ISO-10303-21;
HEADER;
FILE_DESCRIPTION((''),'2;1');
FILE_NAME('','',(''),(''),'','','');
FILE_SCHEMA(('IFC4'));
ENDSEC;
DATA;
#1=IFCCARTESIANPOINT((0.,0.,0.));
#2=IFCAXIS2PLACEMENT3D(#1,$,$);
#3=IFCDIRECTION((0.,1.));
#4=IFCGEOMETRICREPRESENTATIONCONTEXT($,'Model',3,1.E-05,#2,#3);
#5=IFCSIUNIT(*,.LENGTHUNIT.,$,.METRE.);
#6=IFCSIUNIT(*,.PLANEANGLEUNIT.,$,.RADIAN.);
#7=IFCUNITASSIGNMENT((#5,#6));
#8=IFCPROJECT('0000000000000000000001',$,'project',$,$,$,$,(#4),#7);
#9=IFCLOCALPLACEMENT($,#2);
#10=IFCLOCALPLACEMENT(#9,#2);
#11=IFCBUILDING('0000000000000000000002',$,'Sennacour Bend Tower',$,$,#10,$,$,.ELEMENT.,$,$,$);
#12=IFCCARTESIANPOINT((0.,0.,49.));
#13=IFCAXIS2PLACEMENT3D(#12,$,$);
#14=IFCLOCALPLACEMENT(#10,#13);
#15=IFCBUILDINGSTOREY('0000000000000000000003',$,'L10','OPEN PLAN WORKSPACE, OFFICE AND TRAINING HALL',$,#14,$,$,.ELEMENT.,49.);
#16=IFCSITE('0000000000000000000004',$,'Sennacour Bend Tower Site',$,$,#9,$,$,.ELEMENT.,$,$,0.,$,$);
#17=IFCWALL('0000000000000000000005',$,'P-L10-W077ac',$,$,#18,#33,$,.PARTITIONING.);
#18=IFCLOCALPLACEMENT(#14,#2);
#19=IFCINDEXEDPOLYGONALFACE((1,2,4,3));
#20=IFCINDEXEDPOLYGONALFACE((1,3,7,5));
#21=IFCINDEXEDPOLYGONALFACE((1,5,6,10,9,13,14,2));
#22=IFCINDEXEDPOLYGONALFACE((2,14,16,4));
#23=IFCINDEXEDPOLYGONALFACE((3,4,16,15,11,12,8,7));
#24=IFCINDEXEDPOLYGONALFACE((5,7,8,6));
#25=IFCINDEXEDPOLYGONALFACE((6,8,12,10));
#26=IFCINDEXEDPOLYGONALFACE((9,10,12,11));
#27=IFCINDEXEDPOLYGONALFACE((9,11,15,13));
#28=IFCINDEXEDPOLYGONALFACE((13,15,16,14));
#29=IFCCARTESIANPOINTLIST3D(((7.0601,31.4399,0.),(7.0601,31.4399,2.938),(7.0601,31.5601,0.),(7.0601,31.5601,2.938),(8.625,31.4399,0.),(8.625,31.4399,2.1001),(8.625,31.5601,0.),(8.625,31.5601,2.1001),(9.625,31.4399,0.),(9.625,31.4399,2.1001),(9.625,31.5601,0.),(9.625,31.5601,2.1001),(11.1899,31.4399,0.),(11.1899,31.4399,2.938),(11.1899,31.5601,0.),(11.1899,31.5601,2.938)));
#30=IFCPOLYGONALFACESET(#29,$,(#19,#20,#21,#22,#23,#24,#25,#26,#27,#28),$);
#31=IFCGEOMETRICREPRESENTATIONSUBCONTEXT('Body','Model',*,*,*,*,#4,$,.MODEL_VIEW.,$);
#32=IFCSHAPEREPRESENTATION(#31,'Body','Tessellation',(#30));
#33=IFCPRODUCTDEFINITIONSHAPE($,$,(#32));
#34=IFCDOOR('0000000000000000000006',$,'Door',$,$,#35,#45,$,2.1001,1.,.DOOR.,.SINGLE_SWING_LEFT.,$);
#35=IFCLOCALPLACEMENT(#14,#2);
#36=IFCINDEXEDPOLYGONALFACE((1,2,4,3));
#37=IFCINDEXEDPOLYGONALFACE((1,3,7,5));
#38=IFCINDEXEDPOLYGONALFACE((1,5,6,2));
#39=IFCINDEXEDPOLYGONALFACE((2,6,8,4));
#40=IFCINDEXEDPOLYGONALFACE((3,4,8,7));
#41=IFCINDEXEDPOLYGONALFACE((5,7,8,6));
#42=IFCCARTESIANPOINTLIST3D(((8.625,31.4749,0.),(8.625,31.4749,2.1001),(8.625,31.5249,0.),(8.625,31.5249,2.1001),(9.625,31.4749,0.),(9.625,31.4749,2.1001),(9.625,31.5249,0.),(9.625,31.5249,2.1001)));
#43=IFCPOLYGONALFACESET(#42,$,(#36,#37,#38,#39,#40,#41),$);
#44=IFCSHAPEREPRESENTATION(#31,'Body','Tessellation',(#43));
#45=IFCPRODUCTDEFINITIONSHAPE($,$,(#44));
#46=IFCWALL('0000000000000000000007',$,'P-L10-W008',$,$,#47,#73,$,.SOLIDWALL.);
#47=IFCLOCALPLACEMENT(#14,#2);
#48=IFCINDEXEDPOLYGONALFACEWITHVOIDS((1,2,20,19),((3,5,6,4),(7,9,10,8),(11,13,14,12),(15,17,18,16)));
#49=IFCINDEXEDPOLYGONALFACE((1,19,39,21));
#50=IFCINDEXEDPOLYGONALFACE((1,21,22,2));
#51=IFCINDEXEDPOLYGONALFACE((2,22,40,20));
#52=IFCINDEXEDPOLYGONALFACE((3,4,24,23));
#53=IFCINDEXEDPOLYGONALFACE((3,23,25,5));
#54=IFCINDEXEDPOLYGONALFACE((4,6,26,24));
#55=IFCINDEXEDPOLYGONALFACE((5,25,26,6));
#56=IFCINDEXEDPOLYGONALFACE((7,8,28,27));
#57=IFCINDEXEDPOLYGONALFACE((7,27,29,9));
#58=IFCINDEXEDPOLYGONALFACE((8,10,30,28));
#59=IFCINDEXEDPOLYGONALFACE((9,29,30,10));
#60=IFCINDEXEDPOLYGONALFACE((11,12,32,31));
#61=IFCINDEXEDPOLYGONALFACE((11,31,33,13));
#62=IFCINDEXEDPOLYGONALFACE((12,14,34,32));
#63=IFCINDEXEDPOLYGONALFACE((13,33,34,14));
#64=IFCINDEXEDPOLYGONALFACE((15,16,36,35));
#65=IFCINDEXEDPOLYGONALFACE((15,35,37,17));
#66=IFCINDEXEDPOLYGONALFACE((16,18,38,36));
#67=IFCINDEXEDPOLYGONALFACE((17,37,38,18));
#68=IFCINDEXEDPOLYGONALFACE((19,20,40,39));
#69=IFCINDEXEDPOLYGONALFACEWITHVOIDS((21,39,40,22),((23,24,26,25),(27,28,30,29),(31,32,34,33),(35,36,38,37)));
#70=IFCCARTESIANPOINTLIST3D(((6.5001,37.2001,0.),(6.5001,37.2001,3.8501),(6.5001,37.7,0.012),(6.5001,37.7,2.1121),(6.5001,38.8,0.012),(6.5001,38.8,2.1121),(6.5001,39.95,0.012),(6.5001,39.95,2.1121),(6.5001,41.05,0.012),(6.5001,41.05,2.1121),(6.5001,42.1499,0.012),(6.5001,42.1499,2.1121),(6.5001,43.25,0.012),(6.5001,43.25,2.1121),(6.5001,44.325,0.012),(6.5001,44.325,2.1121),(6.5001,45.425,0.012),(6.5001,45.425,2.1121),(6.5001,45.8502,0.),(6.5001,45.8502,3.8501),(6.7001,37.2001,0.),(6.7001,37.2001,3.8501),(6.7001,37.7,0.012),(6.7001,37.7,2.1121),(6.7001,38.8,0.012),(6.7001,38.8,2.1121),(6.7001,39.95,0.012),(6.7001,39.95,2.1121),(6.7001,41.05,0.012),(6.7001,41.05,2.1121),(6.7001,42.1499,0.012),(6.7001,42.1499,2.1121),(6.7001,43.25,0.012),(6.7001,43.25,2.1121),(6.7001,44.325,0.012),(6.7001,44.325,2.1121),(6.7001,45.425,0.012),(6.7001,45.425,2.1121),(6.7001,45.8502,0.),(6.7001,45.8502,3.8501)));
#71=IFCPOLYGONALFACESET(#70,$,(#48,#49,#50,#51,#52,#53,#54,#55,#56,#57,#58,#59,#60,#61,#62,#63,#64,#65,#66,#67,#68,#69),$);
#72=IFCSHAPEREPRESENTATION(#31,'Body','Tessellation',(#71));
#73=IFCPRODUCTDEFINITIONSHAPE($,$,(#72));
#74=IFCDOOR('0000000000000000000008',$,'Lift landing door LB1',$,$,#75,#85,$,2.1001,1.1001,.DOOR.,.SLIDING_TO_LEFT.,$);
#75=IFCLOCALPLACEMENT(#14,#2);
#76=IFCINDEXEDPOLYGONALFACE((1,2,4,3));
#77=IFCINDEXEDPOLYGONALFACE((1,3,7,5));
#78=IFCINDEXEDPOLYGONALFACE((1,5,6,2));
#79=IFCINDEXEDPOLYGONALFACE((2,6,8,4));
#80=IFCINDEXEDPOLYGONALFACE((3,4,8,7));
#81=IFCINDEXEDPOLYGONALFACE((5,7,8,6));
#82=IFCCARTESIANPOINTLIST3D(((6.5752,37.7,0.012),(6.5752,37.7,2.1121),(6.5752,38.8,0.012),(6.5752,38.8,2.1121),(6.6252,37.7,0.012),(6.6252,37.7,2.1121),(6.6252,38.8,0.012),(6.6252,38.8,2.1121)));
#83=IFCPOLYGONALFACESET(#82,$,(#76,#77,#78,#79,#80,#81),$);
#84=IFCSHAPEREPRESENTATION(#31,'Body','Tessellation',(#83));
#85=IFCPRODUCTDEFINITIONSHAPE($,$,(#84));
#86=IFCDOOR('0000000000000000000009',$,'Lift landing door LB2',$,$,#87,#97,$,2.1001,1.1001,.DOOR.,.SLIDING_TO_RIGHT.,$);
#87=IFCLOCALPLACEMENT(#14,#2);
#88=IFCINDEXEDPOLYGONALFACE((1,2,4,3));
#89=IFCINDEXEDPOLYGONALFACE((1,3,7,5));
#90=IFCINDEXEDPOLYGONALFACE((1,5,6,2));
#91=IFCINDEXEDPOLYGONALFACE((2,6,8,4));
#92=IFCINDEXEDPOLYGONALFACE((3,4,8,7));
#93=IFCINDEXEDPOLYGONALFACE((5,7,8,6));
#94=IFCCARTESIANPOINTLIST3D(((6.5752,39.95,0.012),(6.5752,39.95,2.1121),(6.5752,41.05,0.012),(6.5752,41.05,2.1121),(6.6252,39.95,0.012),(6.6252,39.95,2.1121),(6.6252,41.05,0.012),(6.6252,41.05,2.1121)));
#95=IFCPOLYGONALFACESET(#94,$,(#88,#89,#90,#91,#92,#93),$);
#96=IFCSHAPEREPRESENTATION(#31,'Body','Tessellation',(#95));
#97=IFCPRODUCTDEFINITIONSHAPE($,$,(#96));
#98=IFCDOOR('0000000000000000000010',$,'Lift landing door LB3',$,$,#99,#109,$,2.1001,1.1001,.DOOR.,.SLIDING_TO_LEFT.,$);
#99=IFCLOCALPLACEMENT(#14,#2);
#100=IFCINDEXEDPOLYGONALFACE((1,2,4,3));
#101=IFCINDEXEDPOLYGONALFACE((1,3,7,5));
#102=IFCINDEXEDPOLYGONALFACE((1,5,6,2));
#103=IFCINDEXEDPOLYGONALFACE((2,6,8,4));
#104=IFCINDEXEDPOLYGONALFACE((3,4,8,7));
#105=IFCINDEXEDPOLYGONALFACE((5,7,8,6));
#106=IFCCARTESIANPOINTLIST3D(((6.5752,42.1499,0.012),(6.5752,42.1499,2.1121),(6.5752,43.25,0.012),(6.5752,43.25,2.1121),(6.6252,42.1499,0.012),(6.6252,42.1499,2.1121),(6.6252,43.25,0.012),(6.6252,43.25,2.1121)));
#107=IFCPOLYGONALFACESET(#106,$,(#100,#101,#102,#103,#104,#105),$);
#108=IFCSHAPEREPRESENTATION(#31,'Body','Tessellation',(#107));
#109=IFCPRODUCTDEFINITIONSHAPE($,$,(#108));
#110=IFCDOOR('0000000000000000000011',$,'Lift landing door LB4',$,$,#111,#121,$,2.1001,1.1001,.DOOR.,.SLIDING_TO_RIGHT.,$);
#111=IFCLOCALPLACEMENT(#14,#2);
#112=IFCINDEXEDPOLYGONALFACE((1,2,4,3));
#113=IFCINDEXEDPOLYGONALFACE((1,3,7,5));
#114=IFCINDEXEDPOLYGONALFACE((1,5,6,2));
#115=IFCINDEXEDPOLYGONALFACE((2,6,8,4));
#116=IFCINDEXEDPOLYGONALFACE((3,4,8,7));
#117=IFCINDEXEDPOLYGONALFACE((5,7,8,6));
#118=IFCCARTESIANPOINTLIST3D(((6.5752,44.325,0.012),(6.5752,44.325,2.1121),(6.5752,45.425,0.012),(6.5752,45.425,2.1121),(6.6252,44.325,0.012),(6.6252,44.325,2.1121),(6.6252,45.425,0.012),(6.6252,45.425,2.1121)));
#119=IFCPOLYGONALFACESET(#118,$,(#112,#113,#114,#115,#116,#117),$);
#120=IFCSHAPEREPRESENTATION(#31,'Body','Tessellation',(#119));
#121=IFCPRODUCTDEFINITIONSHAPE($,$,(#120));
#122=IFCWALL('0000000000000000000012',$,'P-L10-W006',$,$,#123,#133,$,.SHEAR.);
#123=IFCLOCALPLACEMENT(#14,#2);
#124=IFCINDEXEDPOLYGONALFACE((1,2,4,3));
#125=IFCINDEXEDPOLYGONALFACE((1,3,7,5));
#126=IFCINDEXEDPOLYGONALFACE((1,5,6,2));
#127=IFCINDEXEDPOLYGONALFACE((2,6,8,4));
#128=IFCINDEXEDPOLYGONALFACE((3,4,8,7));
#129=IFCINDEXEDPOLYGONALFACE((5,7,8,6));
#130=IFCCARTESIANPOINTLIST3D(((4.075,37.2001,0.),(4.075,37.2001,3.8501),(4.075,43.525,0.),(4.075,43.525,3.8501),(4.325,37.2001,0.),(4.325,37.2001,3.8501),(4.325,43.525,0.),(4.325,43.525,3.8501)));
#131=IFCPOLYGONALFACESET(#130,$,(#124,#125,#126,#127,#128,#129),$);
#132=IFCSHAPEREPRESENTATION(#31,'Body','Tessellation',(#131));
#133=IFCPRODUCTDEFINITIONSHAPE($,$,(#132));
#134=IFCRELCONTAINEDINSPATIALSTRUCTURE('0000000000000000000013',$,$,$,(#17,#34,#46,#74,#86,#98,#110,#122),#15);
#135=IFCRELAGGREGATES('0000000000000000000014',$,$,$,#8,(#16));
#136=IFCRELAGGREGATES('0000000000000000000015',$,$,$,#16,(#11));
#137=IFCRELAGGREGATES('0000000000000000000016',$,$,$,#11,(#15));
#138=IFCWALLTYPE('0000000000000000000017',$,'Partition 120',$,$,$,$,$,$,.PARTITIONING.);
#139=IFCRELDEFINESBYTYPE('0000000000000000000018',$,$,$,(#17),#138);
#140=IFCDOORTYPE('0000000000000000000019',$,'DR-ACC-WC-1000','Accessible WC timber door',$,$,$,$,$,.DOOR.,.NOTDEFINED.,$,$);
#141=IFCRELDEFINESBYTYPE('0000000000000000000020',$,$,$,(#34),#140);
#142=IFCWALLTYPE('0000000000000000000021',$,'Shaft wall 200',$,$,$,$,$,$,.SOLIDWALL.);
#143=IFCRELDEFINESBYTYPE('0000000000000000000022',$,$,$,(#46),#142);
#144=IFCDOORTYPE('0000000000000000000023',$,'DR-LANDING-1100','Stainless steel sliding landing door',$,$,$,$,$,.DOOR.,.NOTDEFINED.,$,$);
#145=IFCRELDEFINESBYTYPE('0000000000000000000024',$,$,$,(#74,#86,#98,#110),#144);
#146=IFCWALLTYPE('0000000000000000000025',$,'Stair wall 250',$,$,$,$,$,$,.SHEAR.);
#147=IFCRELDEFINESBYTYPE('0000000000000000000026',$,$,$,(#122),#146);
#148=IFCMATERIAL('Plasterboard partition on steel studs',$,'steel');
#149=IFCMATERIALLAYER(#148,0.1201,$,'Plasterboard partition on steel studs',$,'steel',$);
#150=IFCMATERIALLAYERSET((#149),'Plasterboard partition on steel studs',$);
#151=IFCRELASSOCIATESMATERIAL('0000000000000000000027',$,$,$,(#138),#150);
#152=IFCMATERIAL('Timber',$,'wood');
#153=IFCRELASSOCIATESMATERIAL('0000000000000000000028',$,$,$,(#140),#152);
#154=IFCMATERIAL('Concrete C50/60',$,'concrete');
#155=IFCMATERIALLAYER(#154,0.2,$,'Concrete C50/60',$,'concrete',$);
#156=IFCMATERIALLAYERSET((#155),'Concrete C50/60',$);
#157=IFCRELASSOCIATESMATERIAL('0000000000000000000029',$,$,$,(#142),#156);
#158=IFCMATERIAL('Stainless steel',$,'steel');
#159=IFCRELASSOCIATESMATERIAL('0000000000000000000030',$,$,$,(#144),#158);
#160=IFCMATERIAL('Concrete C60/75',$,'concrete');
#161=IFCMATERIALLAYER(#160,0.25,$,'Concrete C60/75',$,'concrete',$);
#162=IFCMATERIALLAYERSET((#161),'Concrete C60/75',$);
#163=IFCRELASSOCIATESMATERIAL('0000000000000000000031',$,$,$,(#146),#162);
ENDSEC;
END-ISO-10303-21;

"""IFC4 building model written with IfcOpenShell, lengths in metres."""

from ifc_helpers import new_model, si_unit, direction, frame, frame_2d, origin, place, context, subcontext, project, spatial, rectangle, extrude, material, layer, layer_set, type_object, element, fill, save


model = new_model("IFC4")

# Units and contexts
model_context = context("Model", 3, precision=1e-05, world=origin(), true_north=direction((0.0, 1.0)))
body_context = subcontext(model_context, "Body", "Model", "MODEL_VIEW")
ifc_project = project(units=[si_unit("LENGTHUNIT", "METRE"), si_unit("PLANEANGLEUNIT", "RADIAN")], contexts=[model_context])

# Site, building, storey
site_placement = place(None, origin())
site = spatial("IfcSite", under=ifc_project, at=site_placement, Name="Sennacour Bend Tower Site", CompositionType="ELEMENT", RefElevation=0.0)
building_placement = place(site_placement, origin())
building = spatial("IfcBuilding", under=site, at=building_placement, Name="Sennacour Bend Tower", CompositionType="ELEMENT")
storey_placement = place(building_placement, frame((0.0, 0.0, 49.0)))
storey = spatial("IfcBuildingStorey", under=building, at=storey_placement, Name="L10", Description="OPEN PLAN WORKSPACE, OFFICE AND TRAINING HALL", CompositionType="ELEMENT", Elevation=49.0)

# Shared definitions
ifc_material_1 = material(Name="Plasterboard partition on steel studs", Category="steel")
ifc_layer_1 = layer(ifc_material_1, 0.1201, Name="Plasterboard partition on steel studs", Category="steel")
ifc_layer_set_1 = layer_set([ifc_layer_1], Name="Plasterboard partition on steel studs")
wall_type_1 = type_object("IfcWallType", Name="Partition 120", PredefinedType="PARTITIONING", material=ifc_layer_set_1)

# Wall, opening, door
ifc_material_2 = material(Name="Timber", Category="wood")
wall_1_placement = place(storey_placement, frame((7.0601, 31.5, 0.0), z_axis=(0.0, 0.0, 1.0), x_axis=(1.0, 0.0, 0.0)))
wall_1 = element("IfcWall", 1, at=wall_1_placement, inside=storey, type_object=wall_type_1, Name="P-L10-W077ac", PredefinedType="PARTITIONING", context=body_context, shape_type="SweptSolid", body=[
    extrude(rectangle(XDim=4.1299, YDim=0.1201, at=frame_2d((2.0649, 0.0))), origin(), (0.0, 0.0, 1.0), 2.938),
])
opening_1_placement = place(wall_1_placement, frame((1.5649, 0.0, 0.0)))
opening_1 = element("IfcOpeningElement", 2, at=opening_1_placement, cuts=wall_1, PredefinedType="OPENING", context=body_context, shape_type="SweptSolid", body=[
    extrude(rectangle(XDim=1.0, YDim=2.1001, at=frame_2d((0.5, 1.05))), frame((0.0, 0.0701, 0.0), z_axis=(0.0, -1.0, 0.0), x_axis=(1.0, 0.0, 0.0)), (0.0, 0.0, 1.0), 0.1401),
])
door_type_1 = type_object("IfcDoorType", Name="DR-ACC-WC-1000", Description="Accessible WC timber door", OperationType="NOTDEFINED", PredefinedType="DOOR", material=ifc_material_2)
door_1_placement = place(opening_1_placement, origin())
door_1 = element("IfcDoor", 3, at=door_1_placement, inside=storey, type_object=door_type_1, Name="Door", OperationType="SINGLE_SWING_LEFT", OverallHeight=2.1001, OverallWidth=1.0, PredefinedType="DOOR", context=body_context, shape_type="SweptSolid", body=[
    extrude(rectangle(XDim=1.0, YDim=2.1001, at=frame_2d((0.5, 1.05))), frame((0.0, 0.0249, 0.0), z_axis=(0.0, -1.0, 0.0), x_axis=(1.0, 0.0, 0.0)), (0.0, 0.0, 1.0), 0.05),
])
fill(opening_1, door_1)

# Wall, openings, doors
ifc_material_3 = material(Name="Concrete C50/60", Category="concrete")
ifc_layer_2 = layer(ifc_material_3, 0.2, Name="Concrete C50/60", Category="concrete")
ifc_layer_set_2 = layer_set([ifc_layer_2], Name="Concrete C50/60")
wall_type_2 = type_object("IfcWallType", Name="Shaft wall 200", PredefinedType="SOLIDWALL", material=ifc_layer_set_2)
wall_2_placement = place(storey_placement, frame((6.6001, 37.2, 0.0), z_axis=(0.0, 0.0, 1.0), x_axis=(0.0, 1.0, 0.0)))
wall_2 = element("IfcWall", 4, at=wall_2_placement, inside=storey, type_object=wall_type_2, Name="P-L10-W008", PredefinedType="SOLIDWALL", context=body_context, shape_type="SweptSolid", body=[
    extrude(rectangle(XDim=8.6501, YDim=0.2, at=frame_2d((4.3252, 0.0))), origin(), (0.0, 0.0, 1.0), 3.8501),
])
opening_2_placement = place(wall_2_placement, frame((0.5, 0.0, 0.012)))
opening_2 = element("IfcOpeningElement", 5, at=opening_2_placement, cuts=wall_2, PredefinedType="OPENING", context=body_context, shape_type="SweptSolid", body=[
    extrude(rectangle(XDim=1.1001, YDim=2.1001, at=frame_2d((0.55, 1.05))), frame((0.0, 0.1099, 0.0), z_axis=(0.0, -1.0, 0.0), x_axis=(1.0, 0.0, 0.0)), (0.0, 0.0, 1.0), 0.22),
])
opening_3_placement = place(wall_2_placement, frame((2.75, 0.0, 0.012)))
opening_3 = element("IfcOpeningElement", 6, at=opening_3_placement, cuts=wall_2, PredefinedType="OPENING", context=body_context, shape_type="SweptSolid", body=[
    extrude(rectangle(XDim=1.1001, YDim=2.1001, at=frame_2d((0.55, 1.05))), frame((0.0, 0.1099, 0.0), z_axis=(0.0, -1.0, 0.0), x_axis=(1.0, 0.0, 0.0)), (0.0, 0.0, 1.0), 0.22),
])
opening_4_placement = place(wall_2_placement, frame((4.95, 0.0, 0.012)))
opening_4 = element("IfcOpeningElement", 7, at=opening_4_placement, cuts=wall_2, PredefinedType="OPENING", context=body_context, shape_type="SweptSolid", body=[
    extrude(rectangle(XDim=1.1001, YDim=2.1001, at=frame_2d((0.55, 1.05))), frame((0.0, 0.1099, 0.0), z_axis=(0.0, -1.0, 0.0), x_axis=(1.0, 0.0, 0.0)), (0.0, 0.0, 1.0), 0.22),
])
opening_5_placement = place(wall_2_placement, frame((7.125, 0.0, 0.012)))
opening_5 = element("IfcOpeningElement", 8, at=opening_5_placement, cuts=wall_2, PredefinedType="OPENING", context=body_context, shape_type="SweptSolid", body=[
    extrude(rectangle(XDim=1.1001, YDim=2.1001, at=frame_2d((0.55, 1.05))), frame((0.0, 0.1099, 0.0), z_axis=(0.0, -1.0, 0.0), x_axis=(1.0, 0.0, 0.0)), (0.0, 0.0, 1.0), 0.22),
])
ifc_material_4 = material(Name="Stainless steel", Category="steel")
door_type_2 = type_object("IfcDoorType", Name="DR-LANDING-1100", Description="Stainless steel sliding landing door", OperationType="NOTDEFINED", PredefinedType="DOOR", material=ifc_material_4)
door_2_placement = place(opening_2_placement, origin())
door_2 = element("IfcDoor", 9, at=door_2_placement, inside=storey, type_object=door_type_2, Name="Lift landing door LB1", OperationType="SLIDING_TO_LEFT", OverallHeight=2.1001, OverallWidth=1.1001, PredefinedType="DOOR", context=body_context, shape_type="SweptSolid", body=[
    extrude(rectangle(XDim=1.1001, YDim=2.1001, at=frame_2d((0.55, 1.05))), frame((0.0, 0.0249, 0.0), z_axis=(0.0, -1.0, 0.0), x_axis=(1.0, 0.0, 0.0)), (0.0, 0.0, 1.0), 0.05),
])
fill(opening_2, door_2)
door_3_placement = place(opening_3_placement, origin())
door_3 = element("IfcDoor", 10, at=door_3_placement, inside=storey, type_object=door_type_2, Name="Lift landing door LB2", OperationType="SLIDING_TO_RIGHT", OverallHeight=2.1001, OverallWidth=1.1001, PredefinedType="DOOR", context=body_context, shape_type="SweptSolid", body=[
    extrude(rectangle(XDim=1.1001, YDim=2.1001, at=frame_2d((0.55, 1.05))), frame((0.0, 0.0249, 0.0), z_axis=(0.0, -1.0, 0.0), x_axis=(1.0, 0.0, 0.0)), (0.0, 0.0, 1.0), 0.05),
])
fill(opening_3, door_3)
door_4_placement = place(opening_4_placement, origin())
door_4 = element("IfcDoor", 11, at=door_4_placement, inside=storey, type_object=door_type_2, Name="Lift landing door LB3", OperationType="SLIDING_TO_LEFT", OverallHeight=2.1001, OverallWidth=1.1001, PredefinedType="DOOR", context=body_context, shape_type="SweptSolid", body=[
    extrude(rectangle(XDim=1.1001, YDim=2.1001, at=frame_2d((0.55, 1.05))), frame((0.0, 0.0249, 0.0), z_axis=(0.0, -1.0, 0.0), x_axis=(1.0, 0.0, 0.0)), (0.0, 0.0, 1.0), 0.05),
])
fill(opening_4, door_4)
door_5_placement = place(opening_5_placement, origin())
door_5 = element("IfcDoor", 12, at=door_5_placement, inside=storey, type_object=door_type_2, Name="Lift landing door LB4", OperationType="SLIDING_TO_RIGHT", OverallHeight=2.1001, OverallWidth=1.1001, PredefinedType="DOOR", context=body_context, shape_type="SweptSolid", body=[
    extrude(rectangle(XDim=1.1001, YDim=2.1001, at=frame_2d((0.55, 1.05))), frame((0.0, 0.0249, 0.0), z_axis=(0.0, -1.0, 0.0), x_axis=(1.0, 0.0, 0.0)), (0.0, 0.0, 1.0), 0.05),
])
fill(opening_5, door_5)

# Wall
ifc_material_5 = material(Name="Concrete C60/75", Category="concrete")
ifc_layer_3 = layer(ifc_material_5, 0.25, Name="Concrete C60/75", Category="concrete")
ifc_layer_set_3 = layer_set([ifc_layer_3], Name="Concrete C60/75")
wall_type_3 = type_object("IfcWallType", Name="Stair wall 250", PredefinedType="SHEAR", material=ifc_layer_set_3)
wall_3_placement = place(storey_placement, frame((4.2, 37.2, 0.0), z_axis=(0.0, 0.0, 1.0), x_axis=(0.0, 1.0, 0.0)))
element("IfcWall", 13, at=wall_3_placement, inside=storey, type_object=wall_type_3, Name="P-L10-W006", PredefinedType="SHEAR", context=body_context, shape_type="SweptSolid", body=[
    extrude(rectangle(XDim=6.325, YDim=0.25, at=frame_2d((3.1626, 0.0))), origin(), (0.0, 0.0, 1.0), 3.8501),
])

save(model, "model.ifc")
